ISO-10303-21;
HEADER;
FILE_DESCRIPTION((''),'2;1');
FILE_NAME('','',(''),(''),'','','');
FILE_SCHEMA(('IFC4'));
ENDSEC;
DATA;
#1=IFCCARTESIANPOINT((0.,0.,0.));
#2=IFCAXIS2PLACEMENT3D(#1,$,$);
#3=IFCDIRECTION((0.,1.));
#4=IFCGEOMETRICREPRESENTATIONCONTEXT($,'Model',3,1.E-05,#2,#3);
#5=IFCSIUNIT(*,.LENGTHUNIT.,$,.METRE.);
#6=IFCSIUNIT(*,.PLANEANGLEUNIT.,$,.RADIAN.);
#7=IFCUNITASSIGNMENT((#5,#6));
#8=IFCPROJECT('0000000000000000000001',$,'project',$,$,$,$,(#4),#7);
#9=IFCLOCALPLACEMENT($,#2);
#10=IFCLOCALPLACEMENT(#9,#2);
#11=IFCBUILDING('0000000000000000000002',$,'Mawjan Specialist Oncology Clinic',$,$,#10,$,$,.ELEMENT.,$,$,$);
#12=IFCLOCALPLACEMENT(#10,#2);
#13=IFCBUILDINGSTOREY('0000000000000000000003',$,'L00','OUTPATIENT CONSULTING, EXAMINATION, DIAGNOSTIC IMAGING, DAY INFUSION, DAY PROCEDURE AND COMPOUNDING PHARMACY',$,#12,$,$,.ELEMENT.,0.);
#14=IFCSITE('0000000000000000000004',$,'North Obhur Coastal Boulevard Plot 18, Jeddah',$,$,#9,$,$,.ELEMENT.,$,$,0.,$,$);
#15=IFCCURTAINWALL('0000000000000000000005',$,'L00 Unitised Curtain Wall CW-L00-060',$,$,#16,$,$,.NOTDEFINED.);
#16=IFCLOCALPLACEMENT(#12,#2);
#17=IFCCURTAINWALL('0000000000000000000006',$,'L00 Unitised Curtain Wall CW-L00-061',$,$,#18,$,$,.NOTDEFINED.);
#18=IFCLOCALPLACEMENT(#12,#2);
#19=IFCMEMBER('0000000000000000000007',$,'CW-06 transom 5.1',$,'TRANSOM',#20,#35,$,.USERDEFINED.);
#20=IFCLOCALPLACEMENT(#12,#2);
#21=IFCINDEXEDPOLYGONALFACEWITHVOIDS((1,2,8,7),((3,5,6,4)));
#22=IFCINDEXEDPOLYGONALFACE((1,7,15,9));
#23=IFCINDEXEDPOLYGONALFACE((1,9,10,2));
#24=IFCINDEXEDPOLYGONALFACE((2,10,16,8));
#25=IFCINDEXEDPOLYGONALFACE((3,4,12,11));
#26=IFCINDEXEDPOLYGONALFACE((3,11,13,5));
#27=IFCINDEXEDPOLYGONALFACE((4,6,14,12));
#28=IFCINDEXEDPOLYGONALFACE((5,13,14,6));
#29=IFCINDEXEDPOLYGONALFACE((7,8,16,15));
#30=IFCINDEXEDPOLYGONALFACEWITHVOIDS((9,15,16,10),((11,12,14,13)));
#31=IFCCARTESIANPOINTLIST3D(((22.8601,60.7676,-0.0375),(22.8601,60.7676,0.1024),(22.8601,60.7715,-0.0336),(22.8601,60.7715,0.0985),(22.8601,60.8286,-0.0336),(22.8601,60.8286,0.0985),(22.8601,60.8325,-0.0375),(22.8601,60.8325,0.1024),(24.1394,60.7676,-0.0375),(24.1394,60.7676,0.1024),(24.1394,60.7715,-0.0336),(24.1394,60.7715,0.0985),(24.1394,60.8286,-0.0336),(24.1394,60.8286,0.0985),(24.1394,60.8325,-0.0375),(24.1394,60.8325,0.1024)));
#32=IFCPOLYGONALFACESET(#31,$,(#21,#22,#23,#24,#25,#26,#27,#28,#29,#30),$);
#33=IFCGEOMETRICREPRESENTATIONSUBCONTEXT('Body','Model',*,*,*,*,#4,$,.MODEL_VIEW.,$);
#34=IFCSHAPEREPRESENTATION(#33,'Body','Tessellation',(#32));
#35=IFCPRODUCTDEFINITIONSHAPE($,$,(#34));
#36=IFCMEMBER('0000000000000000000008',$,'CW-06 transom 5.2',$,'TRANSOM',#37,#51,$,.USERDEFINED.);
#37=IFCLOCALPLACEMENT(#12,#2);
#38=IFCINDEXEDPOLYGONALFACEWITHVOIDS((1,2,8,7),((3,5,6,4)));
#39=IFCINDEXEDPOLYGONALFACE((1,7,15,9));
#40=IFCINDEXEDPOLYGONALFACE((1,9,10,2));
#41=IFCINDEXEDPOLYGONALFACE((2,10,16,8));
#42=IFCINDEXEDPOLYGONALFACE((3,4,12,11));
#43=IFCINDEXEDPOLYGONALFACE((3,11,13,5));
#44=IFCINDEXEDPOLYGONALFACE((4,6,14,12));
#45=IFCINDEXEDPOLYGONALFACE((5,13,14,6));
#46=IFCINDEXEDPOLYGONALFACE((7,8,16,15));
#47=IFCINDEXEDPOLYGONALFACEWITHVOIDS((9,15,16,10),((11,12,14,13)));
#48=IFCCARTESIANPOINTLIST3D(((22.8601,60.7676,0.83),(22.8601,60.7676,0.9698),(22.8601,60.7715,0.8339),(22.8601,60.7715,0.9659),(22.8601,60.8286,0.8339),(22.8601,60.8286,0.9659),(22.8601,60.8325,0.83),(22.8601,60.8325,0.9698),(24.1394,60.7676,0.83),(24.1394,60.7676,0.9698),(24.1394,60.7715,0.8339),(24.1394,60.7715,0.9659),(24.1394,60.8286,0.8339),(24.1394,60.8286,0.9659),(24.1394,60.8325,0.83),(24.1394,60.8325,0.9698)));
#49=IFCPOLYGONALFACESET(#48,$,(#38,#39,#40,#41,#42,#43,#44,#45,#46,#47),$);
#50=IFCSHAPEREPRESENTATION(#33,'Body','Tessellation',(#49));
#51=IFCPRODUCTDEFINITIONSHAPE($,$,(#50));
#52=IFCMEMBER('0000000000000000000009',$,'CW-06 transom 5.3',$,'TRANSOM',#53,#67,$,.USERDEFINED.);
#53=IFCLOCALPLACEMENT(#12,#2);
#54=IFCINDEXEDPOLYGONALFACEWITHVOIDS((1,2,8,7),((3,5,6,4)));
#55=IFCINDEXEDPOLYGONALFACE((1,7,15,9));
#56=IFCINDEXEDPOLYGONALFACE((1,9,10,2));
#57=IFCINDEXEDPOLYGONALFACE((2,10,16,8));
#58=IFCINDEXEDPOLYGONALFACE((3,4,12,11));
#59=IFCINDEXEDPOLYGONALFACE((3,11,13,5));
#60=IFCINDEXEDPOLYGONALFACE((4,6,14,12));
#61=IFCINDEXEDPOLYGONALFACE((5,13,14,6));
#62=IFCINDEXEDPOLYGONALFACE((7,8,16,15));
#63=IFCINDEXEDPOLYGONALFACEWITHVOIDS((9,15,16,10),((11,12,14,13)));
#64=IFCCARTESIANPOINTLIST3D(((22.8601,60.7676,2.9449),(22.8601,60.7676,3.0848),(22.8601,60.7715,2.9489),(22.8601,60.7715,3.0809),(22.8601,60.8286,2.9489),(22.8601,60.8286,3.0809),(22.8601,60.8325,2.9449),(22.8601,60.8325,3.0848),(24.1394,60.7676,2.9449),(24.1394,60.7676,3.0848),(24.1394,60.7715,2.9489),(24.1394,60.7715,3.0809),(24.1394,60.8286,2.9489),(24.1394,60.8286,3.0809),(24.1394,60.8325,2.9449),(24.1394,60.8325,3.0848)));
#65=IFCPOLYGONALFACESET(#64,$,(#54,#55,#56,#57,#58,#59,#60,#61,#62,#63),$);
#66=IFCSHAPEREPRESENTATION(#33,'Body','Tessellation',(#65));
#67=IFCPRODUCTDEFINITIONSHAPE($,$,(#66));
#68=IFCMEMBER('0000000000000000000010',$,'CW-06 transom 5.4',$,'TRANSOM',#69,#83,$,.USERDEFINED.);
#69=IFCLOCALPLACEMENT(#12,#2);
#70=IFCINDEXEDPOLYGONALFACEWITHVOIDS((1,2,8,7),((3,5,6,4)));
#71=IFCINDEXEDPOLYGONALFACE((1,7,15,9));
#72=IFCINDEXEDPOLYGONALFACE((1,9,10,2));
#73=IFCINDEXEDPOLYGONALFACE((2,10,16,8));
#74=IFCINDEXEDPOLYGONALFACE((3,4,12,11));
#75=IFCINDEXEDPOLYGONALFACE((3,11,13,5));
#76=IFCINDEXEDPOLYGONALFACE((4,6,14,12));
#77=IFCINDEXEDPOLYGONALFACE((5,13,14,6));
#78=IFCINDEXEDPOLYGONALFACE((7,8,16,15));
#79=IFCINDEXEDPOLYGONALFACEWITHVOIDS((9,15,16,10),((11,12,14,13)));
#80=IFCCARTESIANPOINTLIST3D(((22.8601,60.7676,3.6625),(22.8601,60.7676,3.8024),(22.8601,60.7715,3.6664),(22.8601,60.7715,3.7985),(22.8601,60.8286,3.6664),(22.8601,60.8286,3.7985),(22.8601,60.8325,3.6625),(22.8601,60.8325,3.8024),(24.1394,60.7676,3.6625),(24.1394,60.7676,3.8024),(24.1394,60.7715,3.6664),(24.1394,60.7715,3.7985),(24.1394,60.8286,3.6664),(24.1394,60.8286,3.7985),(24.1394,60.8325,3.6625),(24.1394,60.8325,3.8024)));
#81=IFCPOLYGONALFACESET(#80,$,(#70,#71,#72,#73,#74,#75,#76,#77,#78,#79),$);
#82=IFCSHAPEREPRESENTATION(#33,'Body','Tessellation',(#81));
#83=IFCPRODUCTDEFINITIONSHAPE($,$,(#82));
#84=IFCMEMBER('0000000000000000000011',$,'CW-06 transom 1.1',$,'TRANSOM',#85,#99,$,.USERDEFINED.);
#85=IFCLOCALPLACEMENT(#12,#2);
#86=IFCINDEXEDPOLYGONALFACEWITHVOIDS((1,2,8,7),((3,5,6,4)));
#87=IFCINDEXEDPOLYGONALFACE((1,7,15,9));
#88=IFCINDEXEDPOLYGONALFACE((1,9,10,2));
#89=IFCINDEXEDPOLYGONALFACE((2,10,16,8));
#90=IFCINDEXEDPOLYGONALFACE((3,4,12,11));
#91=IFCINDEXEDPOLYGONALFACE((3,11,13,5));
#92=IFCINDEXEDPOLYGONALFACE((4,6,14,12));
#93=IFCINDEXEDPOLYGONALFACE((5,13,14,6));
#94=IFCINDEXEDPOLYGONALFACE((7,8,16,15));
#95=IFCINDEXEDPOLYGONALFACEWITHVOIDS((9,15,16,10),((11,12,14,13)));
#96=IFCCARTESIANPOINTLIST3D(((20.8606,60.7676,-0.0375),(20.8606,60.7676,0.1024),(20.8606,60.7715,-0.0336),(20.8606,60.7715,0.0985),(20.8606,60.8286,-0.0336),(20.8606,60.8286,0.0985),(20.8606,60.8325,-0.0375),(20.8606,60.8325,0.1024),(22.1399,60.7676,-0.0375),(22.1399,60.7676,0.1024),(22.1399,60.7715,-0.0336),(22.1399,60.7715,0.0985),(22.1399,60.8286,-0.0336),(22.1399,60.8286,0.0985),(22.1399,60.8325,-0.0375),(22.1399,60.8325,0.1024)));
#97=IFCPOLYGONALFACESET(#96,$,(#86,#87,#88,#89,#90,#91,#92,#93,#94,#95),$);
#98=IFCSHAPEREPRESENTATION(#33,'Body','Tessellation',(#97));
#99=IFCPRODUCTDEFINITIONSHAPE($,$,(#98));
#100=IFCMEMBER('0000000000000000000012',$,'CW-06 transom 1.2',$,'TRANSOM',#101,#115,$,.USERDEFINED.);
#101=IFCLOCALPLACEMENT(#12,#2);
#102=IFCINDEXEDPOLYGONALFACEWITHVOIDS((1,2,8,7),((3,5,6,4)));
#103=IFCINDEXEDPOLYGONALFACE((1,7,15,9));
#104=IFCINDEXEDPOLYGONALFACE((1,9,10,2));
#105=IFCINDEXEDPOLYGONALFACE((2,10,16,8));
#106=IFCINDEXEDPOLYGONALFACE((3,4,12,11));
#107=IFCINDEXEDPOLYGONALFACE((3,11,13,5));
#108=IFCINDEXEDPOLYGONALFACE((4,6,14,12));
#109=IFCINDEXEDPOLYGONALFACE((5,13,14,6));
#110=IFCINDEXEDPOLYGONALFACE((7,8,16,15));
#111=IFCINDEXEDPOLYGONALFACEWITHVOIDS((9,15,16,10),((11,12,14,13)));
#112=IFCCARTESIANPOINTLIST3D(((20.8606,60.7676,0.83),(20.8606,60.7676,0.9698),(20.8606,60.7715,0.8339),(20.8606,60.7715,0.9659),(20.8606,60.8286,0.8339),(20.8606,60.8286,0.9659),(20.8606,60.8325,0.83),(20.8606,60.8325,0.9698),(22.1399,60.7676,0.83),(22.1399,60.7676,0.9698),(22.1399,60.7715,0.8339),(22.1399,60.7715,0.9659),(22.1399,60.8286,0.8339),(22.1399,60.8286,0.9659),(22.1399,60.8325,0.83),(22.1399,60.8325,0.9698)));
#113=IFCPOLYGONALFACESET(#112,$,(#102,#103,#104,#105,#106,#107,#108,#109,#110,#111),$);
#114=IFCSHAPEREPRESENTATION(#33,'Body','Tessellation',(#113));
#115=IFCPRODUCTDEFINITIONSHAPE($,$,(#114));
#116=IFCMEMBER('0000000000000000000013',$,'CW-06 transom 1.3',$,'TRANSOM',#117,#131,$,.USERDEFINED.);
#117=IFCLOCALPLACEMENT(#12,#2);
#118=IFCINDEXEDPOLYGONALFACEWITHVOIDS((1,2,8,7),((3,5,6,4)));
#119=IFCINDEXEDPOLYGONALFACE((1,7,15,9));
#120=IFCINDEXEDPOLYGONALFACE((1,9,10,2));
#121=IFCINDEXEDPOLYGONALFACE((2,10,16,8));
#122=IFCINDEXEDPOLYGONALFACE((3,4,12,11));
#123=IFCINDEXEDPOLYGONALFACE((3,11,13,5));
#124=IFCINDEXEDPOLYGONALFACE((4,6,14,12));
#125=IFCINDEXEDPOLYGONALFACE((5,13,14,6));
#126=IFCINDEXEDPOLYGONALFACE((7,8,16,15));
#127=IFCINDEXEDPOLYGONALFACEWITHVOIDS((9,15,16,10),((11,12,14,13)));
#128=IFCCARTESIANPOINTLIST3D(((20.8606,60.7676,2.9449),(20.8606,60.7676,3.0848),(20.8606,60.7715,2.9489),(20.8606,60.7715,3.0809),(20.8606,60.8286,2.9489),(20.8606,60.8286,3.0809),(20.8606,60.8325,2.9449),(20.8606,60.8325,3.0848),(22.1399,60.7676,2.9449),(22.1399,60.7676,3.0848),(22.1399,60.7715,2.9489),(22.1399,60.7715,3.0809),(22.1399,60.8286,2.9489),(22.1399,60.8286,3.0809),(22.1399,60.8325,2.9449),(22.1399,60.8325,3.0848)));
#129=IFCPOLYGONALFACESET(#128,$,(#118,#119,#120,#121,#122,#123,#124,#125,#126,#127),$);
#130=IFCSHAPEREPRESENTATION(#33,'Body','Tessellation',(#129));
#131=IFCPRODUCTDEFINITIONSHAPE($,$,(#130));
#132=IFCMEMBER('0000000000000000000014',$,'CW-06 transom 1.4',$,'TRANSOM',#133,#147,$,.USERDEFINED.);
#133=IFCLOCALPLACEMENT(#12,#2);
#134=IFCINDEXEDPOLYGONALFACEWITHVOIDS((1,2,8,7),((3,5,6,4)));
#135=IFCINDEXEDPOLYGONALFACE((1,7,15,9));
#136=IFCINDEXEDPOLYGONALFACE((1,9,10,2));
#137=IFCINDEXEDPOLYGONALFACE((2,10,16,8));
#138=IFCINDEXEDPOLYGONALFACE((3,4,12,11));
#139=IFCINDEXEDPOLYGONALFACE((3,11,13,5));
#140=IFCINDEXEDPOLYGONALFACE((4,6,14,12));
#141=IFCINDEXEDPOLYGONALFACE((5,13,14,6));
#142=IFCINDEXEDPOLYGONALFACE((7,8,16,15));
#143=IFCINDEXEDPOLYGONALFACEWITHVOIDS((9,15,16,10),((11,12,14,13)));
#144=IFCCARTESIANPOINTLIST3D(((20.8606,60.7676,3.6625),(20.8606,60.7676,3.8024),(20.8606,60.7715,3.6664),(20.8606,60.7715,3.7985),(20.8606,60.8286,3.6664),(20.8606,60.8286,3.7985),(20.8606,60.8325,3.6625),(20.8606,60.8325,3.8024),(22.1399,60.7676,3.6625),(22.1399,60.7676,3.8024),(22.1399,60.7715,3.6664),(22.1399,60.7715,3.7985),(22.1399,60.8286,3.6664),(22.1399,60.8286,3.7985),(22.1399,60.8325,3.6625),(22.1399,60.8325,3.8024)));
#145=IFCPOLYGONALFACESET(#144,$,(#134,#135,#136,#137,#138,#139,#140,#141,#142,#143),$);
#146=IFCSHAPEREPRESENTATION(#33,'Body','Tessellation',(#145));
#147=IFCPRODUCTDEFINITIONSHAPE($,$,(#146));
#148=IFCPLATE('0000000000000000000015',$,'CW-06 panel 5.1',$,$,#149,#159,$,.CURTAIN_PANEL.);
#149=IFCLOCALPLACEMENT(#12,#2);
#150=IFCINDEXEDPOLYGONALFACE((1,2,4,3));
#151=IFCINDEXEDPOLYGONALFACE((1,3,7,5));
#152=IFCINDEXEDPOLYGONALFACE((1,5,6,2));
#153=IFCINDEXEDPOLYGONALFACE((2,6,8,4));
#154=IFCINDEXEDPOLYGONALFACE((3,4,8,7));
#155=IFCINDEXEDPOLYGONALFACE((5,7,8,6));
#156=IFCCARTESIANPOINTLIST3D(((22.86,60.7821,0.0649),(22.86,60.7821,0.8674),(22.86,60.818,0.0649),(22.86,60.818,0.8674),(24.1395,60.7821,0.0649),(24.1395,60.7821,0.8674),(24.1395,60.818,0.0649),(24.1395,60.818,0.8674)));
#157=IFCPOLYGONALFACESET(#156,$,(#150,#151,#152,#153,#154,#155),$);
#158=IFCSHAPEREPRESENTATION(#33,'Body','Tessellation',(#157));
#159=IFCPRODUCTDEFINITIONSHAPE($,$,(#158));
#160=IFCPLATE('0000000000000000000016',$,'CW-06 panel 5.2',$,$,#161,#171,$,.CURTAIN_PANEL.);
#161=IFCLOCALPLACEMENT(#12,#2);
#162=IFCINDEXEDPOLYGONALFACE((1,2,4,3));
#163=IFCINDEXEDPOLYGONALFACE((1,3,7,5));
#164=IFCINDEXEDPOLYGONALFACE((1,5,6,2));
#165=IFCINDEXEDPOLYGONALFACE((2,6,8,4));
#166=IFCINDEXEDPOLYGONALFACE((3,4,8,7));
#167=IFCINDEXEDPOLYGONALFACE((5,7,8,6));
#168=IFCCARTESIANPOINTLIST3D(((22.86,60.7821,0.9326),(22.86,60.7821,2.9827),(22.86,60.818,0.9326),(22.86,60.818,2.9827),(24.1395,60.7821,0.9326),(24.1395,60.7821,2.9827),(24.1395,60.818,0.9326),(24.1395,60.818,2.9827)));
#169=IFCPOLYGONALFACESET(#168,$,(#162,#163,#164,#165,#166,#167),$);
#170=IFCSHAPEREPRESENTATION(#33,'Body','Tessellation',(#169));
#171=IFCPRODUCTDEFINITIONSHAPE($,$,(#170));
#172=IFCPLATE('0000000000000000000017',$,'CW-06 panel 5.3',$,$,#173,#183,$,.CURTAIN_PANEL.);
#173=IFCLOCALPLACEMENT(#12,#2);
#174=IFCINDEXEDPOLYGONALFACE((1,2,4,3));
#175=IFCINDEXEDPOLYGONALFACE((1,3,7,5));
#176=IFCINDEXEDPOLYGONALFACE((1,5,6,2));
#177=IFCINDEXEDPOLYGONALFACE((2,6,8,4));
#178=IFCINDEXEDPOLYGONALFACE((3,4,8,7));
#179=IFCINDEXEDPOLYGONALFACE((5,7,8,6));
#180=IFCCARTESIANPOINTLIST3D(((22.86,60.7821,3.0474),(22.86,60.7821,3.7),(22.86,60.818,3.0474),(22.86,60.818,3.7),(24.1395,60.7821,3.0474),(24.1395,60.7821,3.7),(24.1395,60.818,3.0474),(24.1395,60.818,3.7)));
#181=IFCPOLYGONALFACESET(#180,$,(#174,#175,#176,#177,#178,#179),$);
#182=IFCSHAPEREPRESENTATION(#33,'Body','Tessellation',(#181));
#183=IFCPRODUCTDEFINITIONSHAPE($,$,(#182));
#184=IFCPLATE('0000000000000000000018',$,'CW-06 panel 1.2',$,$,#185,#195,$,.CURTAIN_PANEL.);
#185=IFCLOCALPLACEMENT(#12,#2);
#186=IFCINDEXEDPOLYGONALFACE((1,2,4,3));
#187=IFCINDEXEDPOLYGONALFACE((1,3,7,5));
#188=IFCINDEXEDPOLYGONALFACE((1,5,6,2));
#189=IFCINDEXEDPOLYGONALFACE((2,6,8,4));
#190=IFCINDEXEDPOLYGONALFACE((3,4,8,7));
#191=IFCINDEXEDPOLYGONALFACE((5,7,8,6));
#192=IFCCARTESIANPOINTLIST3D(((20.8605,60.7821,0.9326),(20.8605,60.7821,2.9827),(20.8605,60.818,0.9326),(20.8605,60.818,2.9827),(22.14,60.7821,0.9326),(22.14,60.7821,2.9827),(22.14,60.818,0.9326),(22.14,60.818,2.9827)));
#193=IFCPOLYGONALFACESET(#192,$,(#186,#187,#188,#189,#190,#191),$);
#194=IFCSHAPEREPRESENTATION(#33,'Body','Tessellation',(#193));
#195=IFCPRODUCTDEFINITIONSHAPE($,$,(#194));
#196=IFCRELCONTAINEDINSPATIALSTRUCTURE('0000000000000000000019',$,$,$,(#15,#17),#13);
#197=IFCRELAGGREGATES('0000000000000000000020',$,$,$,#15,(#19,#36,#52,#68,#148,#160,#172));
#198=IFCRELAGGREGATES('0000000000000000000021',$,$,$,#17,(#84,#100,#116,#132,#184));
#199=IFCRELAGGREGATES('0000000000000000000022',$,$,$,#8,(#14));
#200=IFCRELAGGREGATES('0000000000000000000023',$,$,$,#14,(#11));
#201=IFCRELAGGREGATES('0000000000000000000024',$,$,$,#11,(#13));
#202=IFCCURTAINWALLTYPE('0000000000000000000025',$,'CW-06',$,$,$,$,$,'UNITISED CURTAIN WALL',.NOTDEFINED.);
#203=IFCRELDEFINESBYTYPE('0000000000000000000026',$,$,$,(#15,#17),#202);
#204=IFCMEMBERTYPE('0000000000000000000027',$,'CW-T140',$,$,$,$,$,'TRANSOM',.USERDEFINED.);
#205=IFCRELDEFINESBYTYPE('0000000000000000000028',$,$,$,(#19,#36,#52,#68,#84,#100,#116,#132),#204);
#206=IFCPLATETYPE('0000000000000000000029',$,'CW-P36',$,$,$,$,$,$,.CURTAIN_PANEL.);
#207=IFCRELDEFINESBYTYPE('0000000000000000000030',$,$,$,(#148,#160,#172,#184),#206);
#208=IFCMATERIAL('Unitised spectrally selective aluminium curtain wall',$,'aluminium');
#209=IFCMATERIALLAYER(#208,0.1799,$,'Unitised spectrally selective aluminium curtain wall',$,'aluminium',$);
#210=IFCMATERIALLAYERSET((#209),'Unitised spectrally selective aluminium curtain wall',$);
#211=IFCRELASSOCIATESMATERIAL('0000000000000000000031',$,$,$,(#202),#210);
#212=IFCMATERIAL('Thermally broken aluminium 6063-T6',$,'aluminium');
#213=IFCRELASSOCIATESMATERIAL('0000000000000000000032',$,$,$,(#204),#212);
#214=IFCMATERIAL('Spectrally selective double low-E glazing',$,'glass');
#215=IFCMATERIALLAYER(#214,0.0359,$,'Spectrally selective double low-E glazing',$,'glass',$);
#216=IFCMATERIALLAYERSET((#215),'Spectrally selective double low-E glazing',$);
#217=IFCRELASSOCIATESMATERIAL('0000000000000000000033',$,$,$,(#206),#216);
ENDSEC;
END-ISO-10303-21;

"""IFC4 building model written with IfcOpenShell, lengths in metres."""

from ifc_helpers import new_model, si_unit, direction, frame, origin, origin_2d, place, context, subcontext, project, spatial, rectangle, hollow_rectangle, extrude, material, layer, layer_set, material_profile, profile_set, type_object, element, aggregate, save


model = new_model("IFC4")

# Units and contexts
model_context = context("Model", 3, precision=1e-05, world=origin(), true_north=direction((0.0, 1.0)))
body_context = subcontext(model_context, "Body", "Model", "MODEL_VIEW")
ifc_project = project(units=[si_unit("LENGTHUNIT", "METRE"), si_unit("PLANEANGLEUNIT", "RADIAN")], contexts=[model_context])

# Site, building, storey
site_placement = place(None, origin())
site = spatial("IfcSite", under=ifc_project, at=site_placement, Name="North Obhur Coastal Boulevard Plot 18, Jeddah", CompositionType="ELEMENT", RefElevation=0.0)
building_placement = place(site_placement, origin())
building = spatial("IfcBuilding", under=site, at=building_placement, Name="Mawjan Specialist Oncology Clinic", CompositionType="ELEMENT")
storey_placement = place(building_placement, origin())
storey = spatial("IfcBuildingStorey", under=building, at=storey_placement, Name="L00", Description="OUTPATIENT CONSULTING, EXAMINATION, DIAGNOSTIC IMAGING, DAY INFUSION, DAY PROCEDURE AND COMPOUNDING PHARMACY", CompositionType="ELEMENT", Elevation=0.0)

# Curtain wall
ifc_material_1 = material(Name="Unitised spectrally selective aluminium curtain wall", Category="aluminium")
ifc_layer_1 = layer(ifc_material_1, 0.1799, Name="Unitised spectrally selective aluminium curtain wall", Category="aluminium")
ifc_layer_set_1 = layer_set([ifc_layer_1], Name="Unitised spectrally selective aluminium curtain wall")
curtain_wall_type = type_object("IfcCurtainWallType", Name="CW-06", ElementType="UNITISED CURTAIN WALL", PredefinedType="NOTDEFINED", material=ifc_layer_set_1)
curtain_wall_1_placement = place(storey_placement, origin())
curtain_wall_1 = element("IfcCurtainWall", 1, at=curtain_wall_1_placement, inside=storey, type_object=curtain_wall_type, Name="L00 Unitised Curtain Wall CW-L00-060", PredefinedType="NOTDEFINED")

# Curtain wall
curtain_wall_2_placement = place(storey_placement, origin())
curtain_wall_2 = element("IfcCurtainWall", 2, at=curtain_wall_2_placement, inside=storey, type_object=curtain_wall_type, Name="L00 Unitised Curtain Wall CW-L00-061", PredefinedType="NOTDEFINED")

# Members
ifc_material_2 = material(Name="Thermally broken aluminium 6063-T6", Category="aluminium")
ifc_material_profile_1 = material_profile(ifc_material_2, hollow_rectangle(XDim=0.0649, YDim=0.1399, WallThickness=0.0039, at=origin_2d()), Name="ALU TRANSOM 140x65x4", Category="aluminium")
ifc_profile_set_1 = profile_set([ifc_material_profile_1], Name="Thermally broken aluminium 6063-T6")
member_type_1 = type_object("IfcMemberType", Name="CW-T140", ElementType="TRANSOM", PredefinedType="USERDEFINED", material=ifc_profile_set_1)
member_1_placement = place(storey_placement, frame((24.1394, 60.8, 0.0325), z_axis=(-1.0, 0.0, 0.0), x_axis=(0.0, -1.0, 0.0)))
member_1 = element("IfcMember", 3, at=member_1_placement, type_object=member_type_1, Name="CW-06 transom 5.1", ObjectType="TRANSOM", PredefinedType="USERDEFINED", context=body_context, shape_type="SweptSolid", body=[
    extrude(hollow_rectangle(XDim=0.0649, YDim=0.1399, WallThickness=0.0039, at=origin_2d()), origin(), (0.0, 0.0, 1.0), 1.2793),
])
member_2_placement = place(storey_placement, frame((24.1394, 60.8, 0.8999), z_axis=(-1.0, 0.0, 0.0), x_axis=(0.0, -1.0, 0.0)))
member_2 = element("IfcMember", 4, at=member_2_placement, type_object=member_type_1, Name="CW-06 transom 5.2", ObjectType="TRANSOM", PredefinedType="USERDEFINED", context=body_context, shape_type="SweptSolid", body=[
    extrude(hollow_rectangle(XDim=0.0649, YDim=0.1399, WallThickness=0.0039, at=origin_2d()), origin(), (0.0, 0.0, 1.0), 1.2793),
])
member_3_placement = place(storey_placement, frame((24.1394, 60.8, 3.0149), z_axis=(-1.0, 0.0, 0.0), x_axis=(0.0, -1.0, 0.0)))
member_3 = element("IfcMember", 5, at=member_3_placement, type_object=member_type_1, Name="CW-06 transom 5.3", ObjectType="TRANSOM", PredefinedType="USERDEFINED", context=body_context, shape_type="SweptSolid", body=[
    extrude(hollow_rectangle(XDim=0.0649, YDim=0.1399, WallThickness=0.0039, at=origin_2d()), origin(), (0.0, 0.0, 1.0), 1.2793),
])
member_4_placement = place(storey_placement, frame((24.1394, 60.8, 3.7324), z_axis=(-1.0, 0.0, 0.0), x_axis=(0.0, -1.0, 0.0)))
member_4 = element("IfcMember", 6, at=member_4_placement, type_object=member_type_1, Name="CW-06 transom 5.4", ObjectType="TRANSOM", PredefinedType="USERDEFINED", context=body_context, shape_type="SweptSolid", body=[
    extrude(hollow_rectangle(XDim=0.0649, YDim=0.1399, WallThickness=0.0039, at=origin_2d()), origin(), (0.0, 0.0, 1.0), 1.2793),
])
member_5_placement = place(storey_placement, frame((22.1399, 60.8, 0.0325), z_axis=(-1.0, 0.0, 0.0), x_axis=(0.0, -1.0, 0.0)))
member_5 = element("IfcMember", 7, at=member_5_placement, type_object=member_type_1, Name="CW-06 transom 1.1", ObjectType="TRANSOM", PredefinedType="USERDEFINED", context=body_context, shape_type="SweptSolid", body=[
    extrude(hollow_rectangle(XDim=0.0649, YDim=0.1399, WallThickness=0.0039, at=origin_2d()), origin(), (0.0, 0.0, 1.0), 1.2793),
])
member_6_placement = place(storey_placement, frame((22.1399, 60.8, 0.8999), z_axis=(-1.0, 0.0, 0.0), x_axis=(0.0, -1.0, 0.0)))
member_6 = element("IfcMember", 8, at=member_6_placement, type_object=member_type_1, Name="CW-06 transom 1.2", ObjectType="TRANSOM", PredefinedType="USERDEFINED", context=body_context, shape_type="SweptSolid", body=[
    extrude(hollow_rectangle(XDim=0.0649, YDim=0.1399, WallThickness=0.0039, at=origin_2d()), origin(), (0.0, 0.0, 1.0), 1.2793),
])
member_7_placement = place(storey_placement, frame((22.1399, 60.8, 3.0149), z_axis=(-1.0, 0.0, 0.0), x_axis=(0.0, -1.0, 0.0)))
member_7 = element("IfcMember", 9, at=member_7_placement, type_object=member_type_1, Name="CW-06 transom 1.3", ObjectType="TRANSOM", PredefinedType="USERDEFINED", context=body_context, shape_type="SweptSolid", body=[
    extrude(hollow_rectangle(XDim=0.0649, YDim=0.1399, WallThickness=0.0039, at=origin_2d()), origin(), (0.0, 0.0, 1.0), 1.2793),
])
member_8_placement = place(storey_placement, frame((22.1399, 60.8, 3.7324), z_axis=(-1.0, 0.0, 0.0), x_axis=(0.0, -1.0, 0.0)))
member_8 = element("IfcMember", 10, at=member_8_placement, type_object=member_type_1, Name="CW-06 transom 1.4", ObjectType="TRANSOM", PredefinedType="USERDEFINED", context=body_context, shape_type="SweptSolid", body=[
    extrude(hollow_rectangle(XDim=0.0649, YDim=0.1399, WallThickness=0.0039, at=origin_2d()), origin(), (0.0, 0.0, 1.0), 1.2793),
])

# Plates
ifc_material_3 = material(Name="Spectrally selective double low-E glazing", Category="glass")
ifc_layer_2 = layer(ifc_material_3, 0.0359, Name="Spectrally selective double low-E glazing", Category="glass")
ifc_layer_set_2 = layer_set([ifc_layer_2], Name="Spectrally selective double low-E glazing")
plate_type = type_object("IfcPlateType", Name="CW-P36", PredefinedType="CURTAIN_PANEL", material=ifc_layer_set_2)
plate_1_placement = place(storey_placement, frame((23.4998, 60.8, 0.0649), z_axis=(0.0, 0.0, 1.0), x_axis=(-1.0, 0.0, 0.0)))
plate_1 = element("IfcPlate", 11, at=plate_1_placement, type_object=plate_type, Name="CW-06 panel 5.1", PredefinedType="CURTAIN_PANEL", context=body_context, shape_type="SweptSolid", body=[
    extrude(rectangle(XDim=1.2795, YDim=0.0359, at=origin_2d()), origin(), (0.0, 0.0, 1.0), 0.8025),
])
plate_2_placement = place(storey_placement, frame((23.4998, 60.8, 0.9326), z_axis=(0.0, 0.0, 1.0), x_axis=(-1.0, 0.0, 0.0)))
plate_2 = element("IfcPlate", 12, at=plate_2_placement, type_object=plate_type, Name="CW-06 panel 5.2", PredefinedType="CURTAIN_PANEL", context=body_context, shape_type="SweptSolid", body=[
    extrude(rectangle(XDim=1.2795, YDim=0.0359, at=origin_2d()), origin(), (0.0, 0.0, 1.0), 2.05),
])
plate_3_placement = place(storey_placement, frame((23.4998, 60.8, 3.0474), z_axis=(0.0, 0.0, 1.0), x_axis=(-1.0, 0.0, 0.0)))
plate_3 = element("IfcPlate", 13, at=plate_3_placement, type_object=plate_type, Name="CW-06 panel 5.3", PredefinedType="CURTAIN_PANEL", context=body_context, shape_type="SweptSolid", body=[
    extrude(rectangle(XDim=1.2795, YDim=0.0359, at=origin_2d()), origin(), (0.0, 0.0, 1.0), 0.6526),
])
aggregate(curtain_wall_1, [member_1, member_2, member_3, member_4, plate_1, plate_2, plate_3])
plate_4_placement = place(storey_placement, frame((21.5002, 60.8, 0.9326), z_axis=(0.0, 0.0, 1.0), x_axis=(-1.0, 0.0, 0.0)))
plate_4 = element("IfcPlate", 14, at=plate_4_placement, type_object=plate_type, Name="CW-06 panel 1.2", PredefinedType="CURTAIN_PANEL", context=body_context, shape_type="SweptSolid", body=[
    extrude(rectangle(XDim=1.2795, YDim=0.0359, at=origin_2d()), origin(), (0.0, 0.0, 1.0), 2.05),
])
aggregate(curtain_wall_2, [member_5, member_6, member_7, member_8, plate_4])

save(model, "model.ifc")
